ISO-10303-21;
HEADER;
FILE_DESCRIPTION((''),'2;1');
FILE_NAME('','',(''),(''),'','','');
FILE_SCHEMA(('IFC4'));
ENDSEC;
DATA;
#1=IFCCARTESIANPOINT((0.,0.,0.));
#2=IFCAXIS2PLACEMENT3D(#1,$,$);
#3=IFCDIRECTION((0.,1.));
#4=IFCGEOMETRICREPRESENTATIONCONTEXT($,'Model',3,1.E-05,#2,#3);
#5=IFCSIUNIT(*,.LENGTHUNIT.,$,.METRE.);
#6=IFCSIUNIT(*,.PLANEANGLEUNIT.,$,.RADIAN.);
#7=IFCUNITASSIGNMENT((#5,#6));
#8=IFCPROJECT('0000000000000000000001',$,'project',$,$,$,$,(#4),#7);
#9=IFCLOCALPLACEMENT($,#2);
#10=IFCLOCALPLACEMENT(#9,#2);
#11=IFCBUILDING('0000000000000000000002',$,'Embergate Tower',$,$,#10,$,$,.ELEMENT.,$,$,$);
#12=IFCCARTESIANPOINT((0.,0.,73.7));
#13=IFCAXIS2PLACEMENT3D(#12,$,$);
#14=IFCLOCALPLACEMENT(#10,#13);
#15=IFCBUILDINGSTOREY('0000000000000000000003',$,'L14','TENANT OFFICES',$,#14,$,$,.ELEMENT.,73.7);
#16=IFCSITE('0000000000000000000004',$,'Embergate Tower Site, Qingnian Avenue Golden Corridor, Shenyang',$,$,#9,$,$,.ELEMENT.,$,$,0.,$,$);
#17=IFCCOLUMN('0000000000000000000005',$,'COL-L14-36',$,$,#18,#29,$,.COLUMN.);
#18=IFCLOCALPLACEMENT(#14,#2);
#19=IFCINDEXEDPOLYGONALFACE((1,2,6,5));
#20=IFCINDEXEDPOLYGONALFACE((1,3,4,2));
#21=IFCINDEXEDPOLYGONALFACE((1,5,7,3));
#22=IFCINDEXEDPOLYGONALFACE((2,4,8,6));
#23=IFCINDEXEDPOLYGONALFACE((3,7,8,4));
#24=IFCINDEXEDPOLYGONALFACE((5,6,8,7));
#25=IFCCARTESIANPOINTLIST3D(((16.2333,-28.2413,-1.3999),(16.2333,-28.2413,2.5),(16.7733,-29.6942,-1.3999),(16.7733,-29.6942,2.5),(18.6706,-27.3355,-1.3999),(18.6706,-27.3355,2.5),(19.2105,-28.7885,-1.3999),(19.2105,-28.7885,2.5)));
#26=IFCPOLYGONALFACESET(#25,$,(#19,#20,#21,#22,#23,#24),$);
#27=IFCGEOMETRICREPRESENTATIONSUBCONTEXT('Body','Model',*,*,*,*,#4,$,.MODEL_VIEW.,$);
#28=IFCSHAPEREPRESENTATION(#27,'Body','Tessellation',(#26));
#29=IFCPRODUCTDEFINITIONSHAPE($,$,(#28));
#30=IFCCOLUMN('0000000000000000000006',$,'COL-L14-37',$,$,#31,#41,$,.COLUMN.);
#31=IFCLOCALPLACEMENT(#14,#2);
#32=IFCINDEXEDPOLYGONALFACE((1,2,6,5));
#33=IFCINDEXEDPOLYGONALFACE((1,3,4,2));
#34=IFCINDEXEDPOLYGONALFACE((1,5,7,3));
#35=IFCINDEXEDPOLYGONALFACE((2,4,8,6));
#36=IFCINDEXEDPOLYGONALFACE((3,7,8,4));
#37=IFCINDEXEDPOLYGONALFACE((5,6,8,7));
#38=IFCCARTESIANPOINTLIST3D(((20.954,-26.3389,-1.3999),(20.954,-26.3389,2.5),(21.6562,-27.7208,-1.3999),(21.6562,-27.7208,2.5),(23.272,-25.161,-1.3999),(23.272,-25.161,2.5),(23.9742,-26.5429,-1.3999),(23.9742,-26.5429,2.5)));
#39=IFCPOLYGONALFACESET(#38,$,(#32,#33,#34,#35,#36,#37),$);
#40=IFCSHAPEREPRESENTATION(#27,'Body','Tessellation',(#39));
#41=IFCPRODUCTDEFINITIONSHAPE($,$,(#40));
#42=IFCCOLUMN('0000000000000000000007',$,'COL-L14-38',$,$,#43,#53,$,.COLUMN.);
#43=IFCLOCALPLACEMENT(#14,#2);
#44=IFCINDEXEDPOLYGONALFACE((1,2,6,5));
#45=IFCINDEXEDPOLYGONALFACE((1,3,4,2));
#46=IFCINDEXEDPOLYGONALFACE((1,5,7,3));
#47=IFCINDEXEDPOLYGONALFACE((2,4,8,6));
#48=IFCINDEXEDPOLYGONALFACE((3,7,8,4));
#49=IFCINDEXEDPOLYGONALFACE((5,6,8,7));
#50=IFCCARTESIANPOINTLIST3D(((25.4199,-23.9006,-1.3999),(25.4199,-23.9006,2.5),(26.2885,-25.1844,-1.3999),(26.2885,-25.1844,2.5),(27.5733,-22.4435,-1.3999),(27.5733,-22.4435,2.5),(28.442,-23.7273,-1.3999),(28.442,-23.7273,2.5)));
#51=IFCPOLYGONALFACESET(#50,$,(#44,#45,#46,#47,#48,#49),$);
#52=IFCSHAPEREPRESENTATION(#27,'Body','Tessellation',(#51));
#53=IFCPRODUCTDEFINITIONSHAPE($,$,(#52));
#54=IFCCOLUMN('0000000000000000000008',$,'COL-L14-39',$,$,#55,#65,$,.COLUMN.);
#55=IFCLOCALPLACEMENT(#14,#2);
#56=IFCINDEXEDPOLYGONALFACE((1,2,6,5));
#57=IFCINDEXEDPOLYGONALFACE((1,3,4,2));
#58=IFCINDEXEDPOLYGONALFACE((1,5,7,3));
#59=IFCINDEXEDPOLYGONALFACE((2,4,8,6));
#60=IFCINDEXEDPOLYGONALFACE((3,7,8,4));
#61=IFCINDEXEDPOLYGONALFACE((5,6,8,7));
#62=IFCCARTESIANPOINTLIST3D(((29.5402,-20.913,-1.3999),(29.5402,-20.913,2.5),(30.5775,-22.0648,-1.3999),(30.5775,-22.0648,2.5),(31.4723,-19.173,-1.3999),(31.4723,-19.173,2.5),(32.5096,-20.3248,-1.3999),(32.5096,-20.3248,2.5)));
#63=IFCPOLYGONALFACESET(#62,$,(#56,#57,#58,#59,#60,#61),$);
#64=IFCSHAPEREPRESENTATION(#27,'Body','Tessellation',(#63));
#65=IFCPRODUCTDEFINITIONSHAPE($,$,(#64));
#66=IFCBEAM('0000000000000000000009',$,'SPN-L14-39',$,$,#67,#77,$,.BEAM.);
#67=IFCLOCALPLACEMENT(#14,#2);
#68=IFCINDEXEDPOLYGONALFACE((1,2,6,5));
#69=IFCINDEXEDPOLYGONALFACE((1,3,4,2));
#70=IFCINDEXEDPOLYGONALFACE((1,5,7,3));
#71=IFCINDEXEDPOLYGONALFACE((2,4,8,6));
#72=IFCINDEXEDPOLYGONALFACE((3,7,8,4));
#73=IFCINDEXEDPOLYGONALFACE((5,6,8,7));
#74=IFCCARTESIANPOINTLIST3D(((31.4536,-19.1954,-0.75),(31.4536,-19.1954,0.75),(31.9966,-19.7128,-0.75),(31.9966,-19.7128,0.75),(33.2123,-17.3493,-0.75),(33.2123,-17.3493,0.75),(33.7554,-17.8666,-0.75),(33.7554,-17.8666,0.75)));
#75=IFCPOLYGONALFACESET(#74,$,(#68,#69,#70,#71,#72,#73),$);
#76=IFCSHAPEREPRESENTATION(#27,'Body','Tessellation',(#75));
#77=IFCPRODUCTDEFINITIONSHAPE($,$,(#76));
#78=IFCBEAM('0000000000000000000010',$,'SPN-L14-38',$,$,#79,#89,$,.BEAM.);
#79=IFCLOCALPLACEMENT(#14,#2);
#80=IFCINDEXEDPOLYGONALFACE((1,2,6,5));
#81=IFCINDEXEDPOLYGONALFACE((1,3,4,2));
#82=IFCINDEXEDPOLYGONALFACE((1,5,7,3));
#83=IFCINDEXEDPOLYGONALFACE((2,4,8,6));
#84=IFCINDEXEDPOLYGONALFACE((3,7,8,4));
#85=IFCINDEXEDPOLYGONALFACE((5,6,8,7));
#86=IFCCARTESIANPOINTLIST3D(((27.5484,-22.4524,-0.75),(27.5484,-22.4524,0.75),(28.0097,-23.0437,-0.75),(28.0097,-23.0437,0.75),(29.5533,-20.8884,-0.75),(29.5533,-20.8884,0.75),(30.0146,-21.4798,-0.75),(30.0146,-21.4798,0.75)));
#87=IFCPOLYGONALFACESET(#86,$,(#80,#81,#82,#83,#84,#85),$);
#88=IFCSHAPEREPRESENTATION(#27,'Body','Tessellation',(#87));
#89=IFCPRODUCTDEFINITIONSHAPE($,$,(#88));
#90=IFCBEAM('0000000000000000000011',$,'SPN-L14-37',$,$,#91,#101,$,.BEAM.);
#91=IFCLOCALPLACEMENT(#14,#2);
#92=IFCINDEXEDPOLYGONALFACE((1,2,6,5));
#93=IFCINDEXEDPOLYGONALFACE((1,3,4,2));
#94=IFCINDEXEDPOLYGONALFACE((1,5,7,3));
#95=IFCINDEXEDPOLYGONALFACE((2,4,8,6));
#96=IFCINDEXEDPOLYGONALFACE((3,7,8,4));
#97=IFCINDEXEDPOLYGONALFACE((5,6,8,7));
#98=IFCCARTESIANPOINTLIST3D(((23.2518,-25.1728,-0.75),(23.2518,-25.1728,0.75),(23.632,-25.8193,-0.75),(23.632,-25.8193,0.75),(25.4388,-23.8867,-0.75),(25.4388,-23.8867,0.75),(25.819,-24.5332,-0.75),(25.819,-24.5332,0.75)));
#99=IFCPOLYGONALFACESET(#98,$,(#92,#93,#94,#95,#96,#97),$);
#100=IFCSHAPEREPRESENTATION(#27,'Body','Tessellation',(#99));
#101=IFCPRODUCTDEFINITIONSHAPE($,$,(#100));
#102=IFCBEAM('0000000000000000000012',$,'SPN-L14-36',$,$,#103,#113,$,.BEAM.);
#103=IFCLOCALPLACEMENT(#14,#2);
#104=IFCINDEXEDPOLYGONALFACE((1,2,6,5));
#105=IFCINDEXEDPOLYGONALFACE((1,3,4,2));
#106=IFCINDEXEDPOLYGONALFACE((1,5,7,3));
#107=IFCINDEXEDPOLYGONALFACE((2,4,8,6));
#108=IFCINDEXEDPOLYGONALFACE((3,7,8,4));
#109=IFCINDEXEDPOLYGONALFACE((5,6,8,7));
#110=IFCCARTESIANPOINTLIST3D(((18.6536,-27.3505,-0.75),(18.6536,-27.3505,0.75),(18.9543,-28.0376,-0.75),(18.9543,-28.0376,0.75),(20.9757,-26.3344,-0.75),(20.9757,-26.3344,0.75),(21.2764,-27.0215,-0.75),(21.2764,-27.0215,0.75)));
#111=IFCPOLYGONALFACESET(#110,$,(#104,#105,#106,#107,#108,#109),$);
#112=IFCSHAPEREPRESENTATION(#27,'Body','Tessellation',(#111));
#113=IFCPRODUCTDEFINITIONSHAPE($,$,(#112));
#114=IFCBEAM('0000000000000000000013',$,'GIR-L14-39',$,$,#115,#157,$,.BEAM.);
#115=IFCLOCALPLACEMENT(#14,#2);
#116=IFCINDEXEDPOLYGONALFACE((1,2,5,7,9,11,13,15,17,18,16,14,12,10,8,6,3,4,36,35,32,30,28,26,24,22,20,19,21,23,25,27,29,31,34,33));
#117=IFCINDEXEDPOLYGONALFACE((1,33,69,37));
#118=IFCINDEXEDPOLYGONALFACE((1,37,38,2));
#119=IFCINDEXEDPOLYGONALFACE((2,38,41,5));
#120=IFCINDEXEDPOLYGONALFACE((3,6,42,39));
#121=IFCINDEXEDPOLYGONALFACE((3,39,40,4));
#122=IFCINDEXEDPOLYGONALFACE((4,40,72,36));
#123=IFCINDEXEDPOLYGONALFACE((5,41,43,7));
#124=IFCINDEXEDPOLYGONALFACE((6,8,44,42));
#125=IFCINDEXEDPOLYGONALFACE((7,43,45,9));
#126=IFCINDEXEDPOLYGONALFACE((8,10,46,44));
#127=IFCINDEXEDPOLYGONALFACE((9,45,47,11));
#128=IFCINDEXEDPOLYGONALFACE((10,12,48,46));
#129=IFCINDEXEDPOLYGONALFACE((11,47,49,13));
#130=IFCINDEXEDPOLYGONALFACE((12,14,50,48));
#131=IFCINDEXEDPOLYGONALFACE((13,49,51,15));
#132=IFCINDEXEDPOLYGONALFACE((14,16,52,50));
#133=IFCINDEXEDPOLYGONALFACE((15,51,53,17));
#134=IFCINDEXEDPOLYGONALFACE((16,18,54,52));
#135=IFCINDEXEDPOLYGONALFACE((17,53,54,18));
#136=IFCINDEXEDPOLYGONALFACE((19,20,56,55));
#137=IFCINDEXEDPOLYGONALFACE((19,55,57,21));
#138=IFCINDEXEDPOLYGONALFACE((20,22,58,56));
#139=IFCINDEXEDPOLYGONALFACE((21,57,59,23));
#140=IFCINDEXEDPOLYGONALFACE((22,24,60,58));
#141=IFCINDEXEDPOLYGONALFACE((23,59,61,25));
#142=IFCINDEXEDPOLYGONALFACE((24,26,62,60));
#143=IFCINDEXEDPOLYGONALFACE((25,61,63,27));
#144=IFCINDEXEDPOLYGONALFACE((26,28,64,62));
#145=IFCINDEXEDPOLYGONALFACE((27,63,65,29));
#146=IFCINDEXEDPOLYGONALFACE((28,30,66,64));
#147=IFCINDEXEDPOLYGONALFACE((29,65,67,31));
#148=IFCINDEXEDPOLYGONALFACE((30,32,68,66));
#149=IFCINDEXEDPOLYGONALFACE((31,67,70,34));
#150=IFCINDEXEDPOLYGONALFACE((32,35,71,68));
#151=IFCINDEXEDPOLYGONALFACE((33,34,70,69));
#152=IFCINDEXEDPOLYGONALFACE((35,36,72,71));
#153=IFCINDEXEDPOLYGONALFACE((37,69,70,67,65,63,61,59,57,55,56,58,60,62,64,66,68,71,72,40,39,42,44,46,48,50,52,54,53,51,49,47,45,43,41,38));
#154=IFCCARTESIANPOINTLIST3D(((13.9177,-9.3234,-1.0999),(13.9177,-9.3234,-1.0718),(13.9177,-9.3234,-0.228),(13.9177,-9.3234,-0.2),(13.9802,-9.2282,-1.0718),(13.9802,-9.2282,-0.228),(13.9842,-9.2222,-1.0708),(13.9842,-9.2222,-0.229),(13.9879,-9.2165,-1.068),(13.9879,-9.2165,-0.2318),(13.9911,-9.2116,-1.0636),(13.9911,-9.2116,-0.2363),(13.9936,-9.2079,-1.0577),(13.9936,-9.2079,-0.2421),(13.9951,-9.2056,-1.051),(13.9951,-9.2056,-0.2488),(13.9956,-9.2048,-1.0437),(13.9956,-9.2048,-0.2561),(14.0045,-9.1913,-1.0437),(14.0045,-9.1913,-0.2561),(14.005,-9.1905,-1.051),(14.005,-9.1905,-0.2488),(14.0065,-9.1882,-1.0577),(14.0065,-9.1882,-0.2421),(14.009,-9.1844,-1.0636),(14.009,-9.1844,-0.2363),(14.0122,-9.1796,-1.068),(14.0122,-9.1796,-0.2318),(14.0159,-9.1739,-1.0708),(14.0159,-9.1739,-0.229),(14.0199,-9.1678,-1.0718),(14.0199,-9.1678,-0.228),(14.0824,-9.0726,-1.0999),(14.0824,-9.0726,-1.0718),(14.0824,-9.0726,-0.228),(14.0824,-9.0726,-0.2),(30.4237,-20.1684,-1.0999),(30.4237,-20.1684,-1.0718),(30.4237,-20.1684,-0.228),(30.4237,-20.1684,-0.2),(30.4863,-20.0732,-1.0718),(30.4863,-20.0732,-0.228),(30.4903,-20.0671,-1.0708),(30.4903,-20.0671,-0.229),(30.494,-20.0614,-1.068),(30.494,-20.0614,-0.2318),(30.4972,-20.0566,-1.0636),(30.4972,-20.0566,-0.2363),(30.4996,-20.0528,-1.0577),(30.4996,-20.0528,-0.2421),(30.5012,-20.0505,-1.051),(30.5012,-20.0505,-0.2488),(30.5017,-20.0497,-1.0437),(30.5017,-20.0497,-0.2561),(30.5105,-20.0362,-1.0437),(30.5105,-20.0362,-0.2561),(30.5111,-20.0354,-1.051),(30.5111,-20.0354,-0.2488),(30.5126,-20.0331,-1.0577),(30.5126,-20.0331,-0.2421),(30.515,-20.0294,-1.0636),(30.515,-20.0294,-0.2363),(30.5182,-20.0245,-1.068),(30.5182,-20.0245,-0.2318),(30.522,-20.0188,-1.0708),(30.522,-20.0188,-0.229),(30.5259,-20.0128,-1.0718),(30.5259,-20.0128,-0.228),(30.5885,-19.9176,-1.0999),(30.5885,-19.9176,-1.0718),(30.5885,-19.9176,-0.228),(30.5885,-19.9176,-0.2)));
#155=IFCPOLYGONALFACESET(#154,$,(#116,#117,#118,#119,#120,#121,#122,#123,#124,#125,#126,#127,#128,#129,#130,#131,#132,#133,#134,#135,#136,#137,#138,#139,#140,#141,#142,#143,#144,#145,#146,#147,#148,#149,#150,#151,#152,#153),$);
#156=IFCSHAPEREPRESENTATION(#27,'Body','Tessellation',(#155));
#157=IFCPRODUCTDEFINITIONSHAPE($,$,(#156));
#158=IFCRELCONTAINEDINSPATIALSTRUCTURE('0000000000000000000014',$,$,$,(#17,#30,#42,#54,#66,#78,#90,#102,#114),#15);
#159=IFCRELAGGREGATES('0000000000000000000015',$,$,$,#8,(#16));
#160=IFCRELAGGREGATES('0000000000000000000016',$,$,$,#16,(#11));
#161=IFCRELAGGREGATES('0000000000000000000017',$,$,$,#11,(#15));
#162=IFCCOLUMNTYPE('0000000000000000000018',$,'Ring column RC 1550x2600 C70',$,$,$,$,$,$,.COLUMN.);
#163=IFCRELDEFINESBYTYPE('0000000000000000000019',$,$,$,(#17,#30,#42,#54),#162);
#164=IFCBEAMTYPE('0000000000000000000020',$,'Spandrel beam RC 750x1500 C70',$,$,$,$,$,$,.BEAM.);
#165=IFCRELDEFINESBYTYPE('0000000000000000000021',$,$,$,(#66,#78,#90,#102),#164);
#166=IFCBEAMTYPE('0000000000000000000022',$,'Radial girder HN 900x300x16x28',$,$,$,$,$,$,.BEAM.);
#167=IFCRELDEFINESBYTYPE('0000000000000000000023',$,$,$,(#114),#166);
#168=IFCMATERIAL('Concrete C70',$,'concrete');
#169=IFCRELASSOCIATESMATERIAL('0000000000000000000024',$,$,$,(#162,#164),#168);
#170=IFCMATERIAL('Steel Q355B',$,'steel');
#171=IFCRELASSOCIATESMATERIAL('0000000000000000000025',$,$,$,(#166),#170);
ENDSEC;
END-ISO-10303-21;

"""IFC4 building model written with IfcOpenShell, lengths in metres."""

from ifc_helpers import new_model, si_unit, direction, frame, origin, origin_2d, place, context, subcontext, project, spatial, rectangle, i_section, extrude, source, transform, mapped, material, material_profile, profile_set, type_object, element, save


model = new_model("IFC4")

# Units and contexts
model_context = context("Model", 3, precision=1e-05, world=origin(), true_north=direction((0.0, 1.0)))
body_context = subcontext(model_context, "Body", "Model", "MODEL_VIEW")
ifc_project = project(units=[si_unit("LENGTHUNIT", "METRE"), si_unit("PLANEANGLEUNIT", "RADIAN")], contexts=[model_context])

# Site, building, storey
site_placement = place(None, origin())
site = spatial("IfcSite", under=ifc_project, at=site_placement, Name="Embergate Tower Site, Qingnian Avenue Golden Corridor, Shenyang", CompositionType="ELEMENT", RefElevation=0.0)
building_placement = place(site_placement, origin())
building = spatial("IfcBuilding", under=site, at=building_placement, Name="Embergate Tower", CompositionType="ELEMENT")
storey_placement = place(building_placement, frame((0.0, 0.0, 73.7)))
storey = spatial("IfcBuildingStorey", under=building, at=storey_placement, Name="L14", Description="TENANT OFFICES", CompositionType="ELEMENT", Elevation=73.7)

# Columns
ifc_material_1 = material(Name="Concrete C70", Category="concrete")
ifc_material_profile_1 = material_profile(ifc_material_1, rectangle(XDim=1.55, YDim=2.6001, at=origin_2d()), Name="RC 1550x2600")
ifc_profile_set_1 = profile_set([ifc_material_profile_1], Name="Concrete C70")
column_type = type_object("IfcColumnType", Name="Ring column RC 1550x2600 C70", PredefinedType="COLUMN", material=ifc_profile_set_1)
shared_shape_1 = source(origin(), body_context, "Body", "SweptSolid", [
    extrude(rectangle(XDim=1.55, YDim=2.6001, at=origin_2d()), origin(), (0.0, 0.0, 1.0), 3.8999),
])
for number, where, z_axis, x_axis, name in (
    (1, (17.7219, -28.5149, -1.3999), (0.0, 0.0, 1.0), (0.348343, -0.937367, 0.0), "COL-L14-36"),
    (2, (22.4641, -26.4409, -1.3999), (0.0, 0.0, 1.0), (0.453011, -0.891505, 0.0), "COL-L14-37"),
    (3, (26.9309, -23.814, -1.3999), (0.0, 0.0, 1.0), (0.560393, -0.828227, 0.0), "COL-L14-38"),
    (4, (31.0249, -20.6189, -1.3999), (0.0, 0.0, 1.0), (0.669208, -0.743075, 0.0), "COL-L14-39"),
):
    element("IfcColumn", number, at=place(storey_placement, frame(where, z_axis=z_axis, x_axis=x_axis)), inside=storey, type_object=column_type, Name=name, PredefinedType="COLUMN", context=body_context, shape_type="MappedRepresentation", body=[
        mapped(shared_shape_1, transform((0.0, 0.0, 0.0))),
    ])

# Beams
ifc_material_profile_2 = material_profile(ifc_material_1, rectangle(XDim=0.75, YDim=1.5, at=origin_2d()), Name="RC 750x1500")
ifc_profile_set_2 = profile_set([ifc_material_profile_2], Name="Concrete C70")
beam_type_1 = type_object("IfcBeamType", Name="Spandrel beam RC 750x1500 C70", PredefinedType="BEAM", material=ifc_profile_set_2)
shared_shape_2 = source(origin(), body_context, "Body", "SweptSolid", [
    extrude(rectangle(XDim=0.75, YDim=1.5, at=origin_2d()), origin(), (0.0, 0.0, 1.0), 2.5498),
])
beam_1_placement = place(storey_placement, frame((31.7251, -19.4541, 0.0), z_axis=(0.68976, 0.724038, 0.0), x_axis=(-0.724038, 0.68976, 0.0)))
element("IfcBeam", 5, at=beam_1_placement, inside=storey, type_object=beam_type_1, Name="SPN-L14-39", PredefinedType="BEAM", context=body_context, shape_type="MappedRepresentation", body=[
    mapped(shared_shape_2, transform((0.0, 0.0, 0.0))),
])
shared_shape_3 = source(origin(), body_context, "Body", "SweptSolid", [
    extrude(rectangle(XDim=0.75, YDim=1.5, at=origin_2d()), origin(), (0.0, 0.0, 1.0), 2.5427),
])
beam_2_placement = place(storey_placement, frame((27.7791, -22.748, 0.0), z_axis=(0.788473, 0.61507, 0.0), x_axis=(-0.61507, 0.788473, 0.0)))
element("IfcBeam", 6, at=beam_2_placement, inside=storey, type_object=beam_type_1, Name="SPN-L14-38", PredefinedType="BEAM", context=body_context, shape_type="MappedRepresentation", body=[
    mapped(shared_shape_3, transform((0.0, 0.0, 0.0))),
])
shared_shape_4 = source(origin(), body_context, "Body", "SweptSolid", [
    extrude(rectangle(XDim=0.75, YDim=1.5, at=origin_2d()), origin(), (0.0, 0.0, 1.0), 2.5371),
])
beam_3_placement = place(storey_placement, frame((23.4419, -25.4961, 0.0), z_axis=(0.861994, 0.506919, 0.0), x_axis=(-0.506919, 0.861994, 0.0)))
element("IfcBeam", 7, at=beam_3_placement, inside=storey, type_object=beam_type_1, Name="SPN-L14-37", PredefinedType="BEAM", context=body_context, shape_type="MappedRepresentation", body=[
    mapped(shared_shape_4, transform((0.0, 0.0, 0.0))),
])
shared_shape_5 = source(origin(), body_context, "Body", "SweptSolid", [
    extrude(rectangle(XDim=0.75, YDim=1.5, at=origin_2d()), origin(), (0.0, 0.0, 1.0), 2.5347),
])
beam_4_placement = place(storey_placement, frame((18.804, -27.6941, 0.0), z_axis=(0.916124, 0.400895, 0.0), x_axis=(-0.400895, 0.916124, 0.0)))
element("IfcBeam", 8, at=beam_4_placement, inside=storey, type_object=beam_type_1, Name="SPN-L14-36", PredefinedType="BEAM", context=body_context, shape_type="MappedRepresentation", body=[
    mapped(shared_shape_5, transform((0.0, 0.0, 0.0))),
])
ifc_material_2 = material(Name="Steel Q355B", Category="steel")
ifc_material_profile_3 = material_profile(ifc_material_2, i_section(OverallWidth=0.3, OverallDepth=0.8999, WebThickness=0.0161, FlangeThickness=0.0281, FilletRadius=0.0281, at=origin_2d()), Name="HN 900x300x16x28")
ifc_profile_set_3 = profile_set([ifc_material_profile_3], Name="Steel Q355 grade B")
beam_type_2 = type_object("IfcBeamType", Name="Radial girder HN 900x300x16x28", PredefinedType="BEAM", material=ifc_profile_set_3)
shared_shape_6 = source(origin(), body_context, "Body", "SweptSolid", [
    extrude(i_section(OverallWidth=0.3, OverallDepth=0.8999, WebThickness=0.0161, FlangeThickness=0.0281, FilletRadius=0.0281, at=origin_2d()), origin(), (0.0, 0.0, 1.0), 19.75),
])
beam_5_placement = place(storey_placement, frame((30.5061, -20.043, -0.6499), z_axis=(-0.83575, 0.549111, 0.0), x_axis=(-0.549111, -0.83575, 0.0)))
element("IfcBeam", 9, at=beam_5_placement, inside=storey, type_object=beam_type_2, Name="GIR-L14-39", PredefinedType="BEAM", context=body_context, shape_type="MappedRepresentation", body=[
    mapped(shared_shape_6, transform((0.0, 0.0, 0.0))),
])

save(model, "model.ifc")
